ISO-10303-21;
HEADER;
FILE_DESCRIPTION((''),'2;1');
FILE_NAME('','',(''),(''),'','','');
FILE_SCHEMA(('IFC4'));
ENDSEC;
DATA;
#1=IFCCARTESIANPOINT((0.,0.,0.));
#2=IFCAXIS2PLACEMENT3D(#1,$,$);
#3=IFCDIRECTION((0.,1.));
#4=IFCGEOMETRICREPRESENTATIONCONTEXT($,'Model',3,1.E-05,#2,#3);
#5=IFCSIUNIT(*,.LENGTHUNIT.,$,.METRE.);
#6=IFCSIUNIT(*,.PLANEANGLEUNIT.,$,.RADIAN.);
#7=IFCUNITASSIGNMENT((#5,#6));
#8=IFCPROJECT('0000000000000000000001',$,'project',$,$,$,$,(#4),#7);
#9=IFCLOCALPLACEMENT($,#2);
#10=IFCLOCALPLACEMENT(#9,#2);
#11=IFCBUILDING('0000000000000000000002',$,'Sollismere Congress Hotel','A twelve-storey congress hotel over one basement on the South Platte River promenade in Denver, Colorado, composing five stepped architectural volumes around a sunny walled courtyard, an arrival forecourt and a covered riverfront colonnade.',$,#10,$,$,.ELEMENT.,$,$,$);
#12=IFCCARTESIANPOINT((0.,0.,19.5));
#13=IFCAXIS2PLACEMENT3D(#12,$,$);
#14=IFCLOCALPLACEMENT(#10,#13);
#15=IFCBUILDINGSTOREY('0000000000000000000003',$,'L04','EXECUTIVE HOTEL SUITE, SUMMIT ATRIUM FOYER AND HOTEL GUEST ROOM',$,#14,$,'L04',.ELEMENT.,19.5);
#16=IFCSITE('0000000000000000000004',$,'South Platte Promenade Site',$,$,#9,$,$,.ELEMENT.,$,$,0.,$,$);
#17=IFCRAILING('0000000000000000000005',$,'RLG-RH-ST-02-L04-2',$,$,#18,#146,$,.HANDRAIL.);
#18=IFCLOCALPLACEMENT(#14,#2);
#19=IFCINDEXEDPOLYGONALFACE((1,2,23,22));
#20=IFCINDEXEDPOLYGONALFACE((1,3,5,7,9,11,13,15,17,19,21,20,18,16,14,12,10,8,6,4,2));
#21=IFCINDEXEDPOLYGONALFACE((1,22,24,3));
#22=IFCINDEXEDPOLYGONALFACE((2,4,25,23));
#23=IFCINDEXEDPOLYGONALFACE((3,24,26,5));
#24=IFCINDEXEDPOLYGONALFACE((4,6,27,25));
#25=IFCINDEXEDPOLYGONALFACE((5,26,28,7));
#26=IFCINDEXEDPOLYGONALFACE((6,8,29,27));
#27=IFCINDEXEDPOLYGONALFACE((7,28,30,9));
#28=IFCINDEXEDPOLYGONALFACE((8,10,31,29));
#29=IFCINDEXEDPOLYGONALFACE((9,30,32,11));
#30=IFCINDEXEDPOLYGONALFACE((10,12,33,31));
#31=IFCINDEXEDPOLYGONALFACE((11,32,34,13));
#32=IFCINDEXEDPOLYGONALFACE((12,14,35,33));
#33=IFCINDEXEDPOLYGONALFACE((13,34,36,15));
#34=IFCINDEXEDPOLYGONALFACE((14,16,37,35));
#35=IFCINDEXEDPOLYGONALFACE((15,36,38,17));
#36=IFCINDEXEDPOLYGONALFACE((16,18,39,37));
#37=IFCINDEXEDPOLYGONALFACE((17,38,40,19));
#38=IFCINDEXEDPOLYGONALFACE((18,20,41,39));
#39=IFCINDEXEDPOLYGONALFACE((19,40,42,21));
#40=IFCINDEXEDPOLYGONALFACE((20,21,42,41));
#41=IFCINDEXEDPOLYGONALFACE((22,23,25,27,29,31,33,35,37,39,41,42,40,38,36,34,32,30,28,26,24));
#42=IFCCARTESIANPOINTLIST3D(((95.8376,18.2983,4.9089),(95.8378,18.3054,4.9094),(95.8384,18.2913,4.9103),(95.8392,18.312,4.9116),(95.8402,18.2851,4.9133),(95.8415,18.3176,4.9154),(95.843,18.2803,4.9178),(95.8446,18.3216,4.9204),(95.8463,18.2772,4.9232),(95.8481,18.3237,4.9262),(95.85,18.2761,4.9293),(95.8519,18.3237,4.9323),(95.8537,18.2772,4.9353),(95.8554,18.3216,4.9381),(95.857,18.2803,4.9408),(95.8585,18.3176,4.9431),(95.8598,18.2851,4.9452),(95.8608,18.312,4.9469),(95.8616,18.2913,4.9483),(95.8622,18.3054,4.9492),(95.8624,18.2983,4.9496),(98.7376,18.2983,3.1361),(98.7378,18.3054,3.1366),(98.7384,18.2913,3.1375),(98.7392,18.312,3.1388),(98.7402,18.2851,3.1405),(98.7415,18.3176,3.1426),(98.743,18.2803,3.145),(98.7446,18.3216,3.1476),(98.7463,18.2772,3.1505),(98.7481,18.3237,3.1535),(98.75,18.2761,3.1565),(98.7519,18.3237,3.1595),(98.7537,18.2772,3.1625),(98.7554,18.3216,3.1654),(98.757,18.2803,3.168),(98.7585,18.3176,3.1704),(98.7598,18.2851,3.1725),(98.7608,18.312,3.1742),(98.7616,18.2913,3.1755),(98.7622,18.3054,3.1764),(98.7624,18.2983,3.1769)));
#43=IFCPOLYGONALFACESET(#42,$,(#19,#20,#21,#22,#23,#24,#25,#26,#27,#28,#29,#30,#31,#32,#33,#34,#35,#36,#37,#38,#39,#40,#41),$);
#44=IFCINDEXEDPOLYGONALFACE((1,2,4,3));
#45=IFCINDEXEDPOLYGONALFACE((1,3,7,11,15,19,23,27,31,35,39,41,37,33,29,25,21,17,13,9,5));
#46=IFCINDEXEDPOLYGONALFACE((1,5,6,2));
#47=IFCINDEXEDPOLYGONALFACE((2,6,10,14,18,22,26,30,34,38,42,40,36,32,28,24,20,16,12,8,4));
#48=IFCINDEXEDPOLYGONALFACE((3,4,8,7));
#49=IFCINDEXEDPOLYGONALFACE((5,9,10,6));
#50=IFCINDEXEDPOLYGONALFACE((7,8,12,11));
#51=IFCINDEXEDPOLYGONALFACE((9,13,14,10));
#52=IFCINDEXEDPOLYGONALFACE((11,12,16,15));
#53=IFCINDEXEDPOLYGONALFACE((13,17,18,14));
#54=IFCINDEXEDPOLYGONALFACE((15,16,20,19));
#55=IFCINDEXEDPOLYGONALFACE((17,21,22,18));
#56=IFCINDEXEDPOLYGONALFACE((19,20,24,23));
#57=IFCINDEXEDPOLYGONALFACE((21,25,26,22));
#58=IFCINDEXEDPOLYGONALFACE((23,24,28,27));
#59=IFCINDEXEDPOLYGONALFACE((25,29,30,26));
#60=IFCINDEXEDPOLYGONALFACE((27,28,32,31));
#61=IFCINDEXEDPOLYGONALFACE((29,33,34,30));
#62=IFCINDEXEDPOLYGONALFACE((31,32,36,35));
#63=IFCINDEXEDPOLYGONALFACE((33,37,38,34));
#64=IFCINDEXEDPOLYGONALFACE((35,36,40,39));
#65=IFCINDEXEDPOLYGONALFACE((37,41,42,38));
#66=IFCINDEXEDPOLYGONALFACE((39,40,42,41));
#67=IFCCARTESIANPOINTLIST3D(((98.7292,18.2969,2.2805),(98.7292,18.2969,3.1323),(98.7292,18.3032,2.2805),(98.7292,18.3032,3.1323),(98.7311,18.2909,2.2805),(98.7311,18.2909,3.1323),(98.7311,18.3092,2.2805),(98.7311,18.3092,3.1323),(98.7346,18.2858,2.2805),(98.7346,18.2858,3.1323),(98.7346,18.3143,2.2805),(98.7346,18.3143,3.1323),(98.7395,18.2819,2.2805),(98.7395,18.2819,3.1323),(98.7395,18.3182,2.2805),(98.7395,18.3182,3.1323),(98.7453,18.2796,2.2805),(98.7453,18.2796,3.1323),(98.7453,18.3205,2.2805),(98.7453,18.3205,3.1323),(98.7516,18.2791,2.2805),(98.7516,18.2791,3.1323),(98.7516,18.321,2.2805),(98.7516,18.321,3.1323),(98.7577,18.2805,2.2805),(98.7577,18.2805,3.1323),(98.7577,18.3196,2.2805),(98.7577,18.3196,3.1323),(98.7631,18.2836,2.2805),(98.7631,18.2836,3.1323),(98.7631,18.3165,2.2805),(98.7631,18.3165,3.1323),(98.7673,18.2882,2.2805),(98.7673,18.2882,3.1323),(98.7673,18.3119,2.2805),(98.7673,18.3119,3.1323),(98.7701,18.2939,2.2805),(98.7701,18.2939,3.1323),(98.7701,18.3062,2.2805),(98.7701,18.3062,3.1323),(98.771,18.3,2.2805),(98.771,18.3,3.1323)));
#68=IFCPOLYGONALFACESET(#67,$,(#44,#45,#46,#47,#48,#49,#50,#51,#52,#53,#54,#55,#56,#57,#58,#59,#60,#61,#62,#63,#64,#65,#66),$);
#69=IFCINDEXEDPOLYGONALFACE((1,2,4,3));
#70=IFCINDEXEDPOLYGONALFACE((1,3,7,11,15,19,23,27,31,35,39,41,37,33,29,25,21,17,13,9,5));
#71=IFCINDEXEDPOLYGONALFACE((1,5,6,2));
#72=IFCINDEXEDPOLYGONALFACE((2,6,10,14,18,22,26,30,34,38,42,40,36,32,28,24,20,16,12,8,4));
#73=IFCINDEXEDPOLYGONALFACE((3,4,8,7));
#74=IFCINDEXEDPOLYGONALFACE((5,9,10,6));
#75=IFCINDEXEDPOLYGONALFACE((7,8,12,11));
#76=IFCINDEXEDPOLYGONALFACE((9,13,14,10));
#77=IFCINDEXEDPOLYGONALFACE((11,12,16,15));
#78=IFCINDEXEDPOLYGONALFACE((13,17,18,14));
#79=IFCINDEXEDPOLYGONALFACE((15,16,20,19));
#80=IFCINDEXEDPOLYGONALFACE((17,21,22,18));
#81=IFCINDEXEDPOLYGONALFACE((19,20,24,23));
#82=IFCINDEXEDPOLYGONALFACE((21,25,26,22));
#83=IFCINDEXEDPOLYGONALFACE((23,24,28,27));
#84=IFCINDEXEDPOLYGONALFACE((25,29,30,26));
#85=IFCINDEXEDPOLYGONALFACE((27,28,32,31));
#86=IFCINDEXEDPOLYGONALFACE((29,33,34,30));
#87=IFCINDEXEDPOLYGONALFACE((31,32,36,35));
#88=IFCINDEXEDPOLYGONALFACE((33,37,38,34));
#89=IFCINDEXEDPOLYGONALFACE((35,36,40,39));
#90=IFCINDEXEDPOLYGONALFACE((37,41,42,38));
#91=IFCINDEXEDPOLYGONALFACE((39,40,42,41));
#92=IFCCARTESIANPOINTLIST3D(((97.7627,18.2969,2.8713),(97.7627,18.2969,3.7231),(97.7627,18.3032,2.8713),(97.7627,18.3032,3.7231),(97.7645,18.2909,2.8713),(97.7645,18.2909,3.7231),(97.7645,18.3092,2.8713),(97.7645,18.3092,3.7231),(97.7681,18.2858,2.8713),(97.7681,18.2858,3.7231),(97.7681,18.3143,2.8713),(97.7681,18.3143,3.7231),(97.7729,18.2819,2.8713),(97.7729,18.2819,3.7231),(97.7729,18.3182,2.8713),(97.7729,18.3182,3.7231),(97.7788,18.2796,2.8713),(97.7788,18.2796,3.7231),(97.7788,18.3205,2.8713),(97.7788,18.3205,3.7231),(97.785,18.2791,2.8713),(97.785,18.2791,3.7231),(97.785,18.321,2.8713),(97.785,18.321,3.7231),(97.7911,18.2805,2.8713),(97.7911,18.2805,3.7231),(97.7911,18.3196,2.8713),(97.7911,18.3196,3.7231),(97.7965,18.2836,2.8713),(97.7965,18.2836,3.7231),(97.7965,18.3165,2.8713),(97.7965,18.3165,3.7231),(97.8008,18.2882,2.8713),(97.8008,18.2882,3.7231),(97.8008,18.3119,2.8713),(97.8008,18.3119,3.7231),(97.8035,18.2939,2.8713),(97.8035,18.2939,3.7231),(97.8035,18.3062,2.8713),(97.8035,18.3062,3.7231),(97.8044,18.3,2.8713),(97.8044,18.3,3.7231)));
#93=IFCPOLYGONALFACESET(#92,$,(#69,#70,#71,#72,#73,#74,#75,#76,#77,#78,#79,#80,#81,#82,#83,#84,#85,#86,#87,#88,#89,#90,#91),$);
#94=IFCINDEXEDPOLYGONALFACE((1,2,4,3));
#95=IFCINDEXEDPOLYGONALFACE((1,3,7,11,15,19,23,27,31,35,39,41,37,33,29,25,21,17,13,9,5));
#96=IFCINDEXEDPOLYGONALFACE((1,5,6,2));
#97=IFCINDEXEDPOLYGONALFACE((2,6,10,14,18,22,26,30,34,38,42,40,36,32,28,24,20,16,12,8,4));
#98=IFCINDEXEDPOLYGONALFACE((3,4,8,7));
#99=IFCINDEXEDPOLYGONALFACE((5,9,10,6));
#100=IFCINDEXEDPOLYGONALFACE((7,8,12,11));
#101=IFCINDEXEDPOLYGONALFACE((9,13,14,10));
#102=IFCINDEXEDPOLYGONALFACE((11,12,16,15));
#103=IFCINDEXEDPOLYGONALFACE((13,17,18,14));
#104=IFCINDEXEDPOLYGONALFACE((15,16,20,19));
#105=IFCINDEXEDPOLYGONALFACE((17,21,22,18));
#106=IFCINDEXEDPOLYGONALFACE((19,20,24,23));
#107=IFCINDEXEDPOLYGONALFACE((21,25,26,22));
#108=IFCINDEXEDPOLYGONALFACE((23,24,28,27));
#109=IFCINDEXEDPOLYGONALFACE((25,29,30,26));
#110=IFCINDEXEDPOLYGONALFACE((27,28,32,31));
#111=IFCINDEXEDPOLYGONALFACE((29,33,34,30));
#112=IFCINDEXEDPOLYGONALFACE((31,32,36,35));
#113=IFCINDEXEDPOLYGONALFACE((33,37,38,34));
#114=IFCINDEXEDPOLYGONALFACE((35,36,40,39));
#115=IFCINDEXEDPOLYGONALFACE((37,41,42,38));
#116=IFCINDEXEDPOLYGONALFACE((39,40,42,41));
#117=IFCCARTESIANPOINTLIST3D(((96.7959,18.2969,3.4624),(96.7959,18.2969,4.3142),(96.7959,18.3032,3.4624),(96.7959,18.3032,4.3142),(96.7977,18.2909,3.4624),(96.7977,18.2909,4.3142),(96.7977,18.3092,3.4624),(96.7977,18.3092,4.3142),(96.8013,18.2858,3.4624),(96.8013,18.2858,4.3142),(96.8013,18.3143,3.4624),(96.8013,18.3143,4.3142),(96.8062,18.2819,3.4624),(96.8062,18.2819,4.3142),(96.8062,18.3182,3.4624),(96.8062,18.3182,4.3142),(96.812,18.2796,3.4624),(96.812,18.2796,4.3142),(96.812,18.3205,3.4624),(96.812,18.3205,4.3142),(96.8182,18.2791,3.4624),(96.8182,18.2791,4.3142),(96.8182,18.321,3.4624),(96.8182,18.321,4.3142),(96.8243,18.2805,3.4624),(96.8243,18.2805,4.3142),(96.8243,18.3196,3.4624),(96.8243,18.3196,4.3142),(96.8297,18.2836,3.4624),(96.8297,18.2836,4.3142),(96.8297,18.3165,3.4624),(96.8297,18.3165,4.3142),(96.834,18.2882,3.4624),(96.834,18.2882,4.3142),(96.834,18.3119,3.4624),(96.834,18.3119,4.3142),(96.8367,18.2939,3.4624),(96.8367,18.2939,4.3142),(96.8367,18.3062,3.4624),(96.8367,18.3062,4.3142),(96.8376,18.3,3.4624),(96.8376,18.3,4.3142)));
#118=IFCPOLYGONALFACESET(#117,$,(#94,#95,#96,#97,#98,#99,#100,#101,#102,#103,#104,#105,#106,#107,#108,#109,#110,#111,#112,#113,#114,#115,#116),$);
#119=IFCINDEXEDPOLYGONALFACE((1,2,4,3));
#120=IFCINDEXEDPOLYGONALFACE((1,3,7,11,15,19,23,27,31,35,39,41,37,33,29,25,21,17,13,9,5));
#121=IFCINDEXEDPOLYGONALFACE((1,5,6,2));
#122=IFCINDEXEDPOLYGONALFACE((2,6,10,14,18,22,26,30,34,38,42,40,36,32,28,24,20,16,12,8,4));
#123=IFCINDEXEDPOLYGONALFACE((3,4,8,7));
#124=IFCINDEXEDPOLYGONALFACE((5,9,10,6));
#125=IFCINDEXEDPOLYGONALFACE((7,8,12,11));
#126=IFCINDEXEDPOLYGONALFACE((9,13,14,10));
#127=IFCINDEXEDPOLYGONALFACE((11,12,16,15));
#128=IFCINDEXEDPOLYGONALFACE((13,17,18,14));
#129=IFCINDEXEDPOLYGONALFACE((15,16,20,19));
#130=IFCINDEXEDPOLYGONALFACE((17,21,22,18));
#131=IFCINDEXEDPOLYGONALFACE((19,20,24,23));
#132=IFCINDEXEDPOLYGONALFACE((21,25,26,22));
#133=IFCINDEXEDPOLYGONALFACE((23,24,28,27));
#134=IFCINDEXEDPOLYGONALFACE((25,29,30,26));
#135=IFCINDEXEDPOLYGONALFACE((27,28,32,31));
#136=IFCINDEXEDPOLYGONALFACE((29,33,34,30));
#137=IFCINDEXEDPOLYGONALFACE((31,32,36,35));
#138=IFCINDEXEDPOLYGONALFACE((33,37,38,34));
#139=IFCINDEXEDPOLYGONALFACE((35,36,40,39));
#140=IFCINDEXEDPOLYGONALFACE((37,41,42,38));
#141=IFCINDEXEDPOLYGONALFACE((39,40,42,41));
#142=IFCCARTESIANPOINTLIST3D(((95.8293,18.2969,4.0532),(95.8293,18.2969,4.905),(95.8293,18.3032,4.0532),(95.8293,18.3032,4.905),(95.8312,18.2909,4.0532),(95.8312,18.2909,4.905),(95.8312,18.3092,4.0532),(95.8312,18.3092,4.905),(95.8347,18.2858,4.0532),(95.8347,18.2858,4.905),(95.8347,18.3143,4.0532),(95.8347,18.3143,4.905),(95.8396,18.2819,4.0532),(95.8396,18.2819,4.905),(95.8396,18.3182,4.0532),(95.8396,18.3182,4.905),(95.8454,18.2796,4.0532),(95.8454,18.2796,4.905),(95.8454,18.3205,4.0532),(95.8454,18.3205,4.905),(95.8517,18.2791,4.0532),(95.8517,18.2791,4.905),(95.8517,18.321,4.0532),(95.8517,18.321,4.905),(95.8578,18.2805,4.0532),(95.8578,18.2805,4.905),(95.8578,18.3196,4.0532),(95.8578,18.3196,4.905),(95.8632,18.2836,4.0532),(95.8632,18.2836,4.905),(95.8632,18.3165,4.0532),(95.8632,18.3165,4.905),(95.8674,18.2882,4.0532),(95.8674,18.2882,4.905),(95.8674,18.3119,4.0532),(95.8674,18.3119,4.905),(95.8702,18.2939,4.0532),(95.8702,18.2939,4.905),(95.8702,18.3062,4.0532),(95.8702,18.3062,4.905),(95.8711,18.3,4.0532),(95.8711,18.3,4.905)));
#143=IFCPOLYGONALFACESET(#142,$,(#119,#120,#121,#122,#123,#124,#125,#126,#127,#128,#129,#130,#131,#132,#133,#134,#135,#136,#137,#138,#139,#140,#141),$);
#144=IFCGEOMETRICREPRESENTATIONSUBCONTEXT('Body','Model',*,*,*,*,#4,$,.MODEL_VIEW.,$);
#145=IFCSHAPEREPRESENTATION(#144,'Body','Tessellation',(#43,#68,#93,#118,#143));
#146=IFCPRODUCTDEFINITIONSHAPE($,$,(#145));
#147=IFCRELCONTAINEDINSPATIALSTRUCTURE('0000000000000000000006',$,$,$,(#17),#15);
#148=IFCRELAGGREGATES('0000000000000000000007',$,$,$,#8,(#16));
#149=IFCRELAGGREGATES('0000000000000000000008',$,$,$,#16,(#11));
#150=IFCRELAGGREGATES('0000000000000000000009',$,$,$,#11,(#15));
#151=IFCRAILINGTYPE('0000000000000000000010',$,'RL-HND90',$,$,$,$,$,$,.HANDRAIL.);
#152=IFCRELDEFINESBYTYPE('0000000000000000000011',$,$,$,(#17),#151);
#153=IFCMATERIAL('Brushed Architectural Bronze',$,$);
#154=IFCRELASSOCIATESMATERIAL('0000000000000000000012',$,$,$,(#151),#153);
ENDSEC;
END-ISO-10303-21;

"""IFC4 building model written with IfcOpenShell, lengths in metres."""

from ifc_helpers import new_model, si_unit, direction, frame, origin, origin_2d, place, context, subcontext, project, spatial, circle, extrude, material, type_object, element, save


model = new_model("IFC4")

# Units and contexts
model_context = context("Model", 3, precision=1e-05, world=origin(), true_north=direction((0.0, 1.0)))
body_context = subcontext(model_context, "Body", "Model", "MODEL_VIEW")
ifc_project = project(units=[si_unit("LENGTHUNIT", "METRE"), si_unit("PLANEANGLEUNIT", "RADIAN")], contexts=[model_context])

# Site, building, storey
site_placement = place(None, origin())
site = spatial("IfcSite", under=ifc_project, at=site_placement, Name="South Platte Promenade Site", CompositionType="ELEMENT", RefElevation=0.0)
building_placement = place(site_placement, origin())
building = spatial("IfcBuilding", under=site, at=building_placement, Name="Sollismere Congress Hotel", Description="A twelve-storey congress hotel over one basement on the South Platte River promenade in Denver, Colorado, composing five stepped architectural volumes around a sunny walled courtyard, an arrival forecourt and a covered riverfront colonnade.", CompositionType="ELEMENT")
storey_placement = place(building_placement, frame((0.0, 0.0, 19.5)))
storey = spatial("IfcBuildingStorey", under=building, at=storey_placement, Name="L04", Description="EXECUTIVE HOTEL SUITE, SUMMIT ATRIUM FOYER AND HOTEL GUEST ROOM", LongName="L04", CompositionType="ELEMENT", Elevation=19.5)

# Railing
ifc_material_1 = material(Name="Brushed Architectural Bronze")
railing_type_1 = type_object("IfcRailingType", Name="RL-HND90", PredefinedType="HANDRAIL", material=ifc_material_1)
railing_1_placement = place(storey_placement, frame((98.75, 18.3, 2.2805)))
element("IfcRailing", 1, at=railing_1_placement, inside=storey, type_object=railing_type_1, Name="RLG-RH-ST-02-L04-2", PredefinedType="HANDRAIL", context=body_context, shape_type="SweptSolid", body=[
    extrude(circle(Radius=0.0239, at=origin_2d()), frame((0.0, 0.0, 0.876), z_axis=(-0.853211, 0.0, 0.521566), x_axis=(0.0, -1.0, 0.0)), (0.0, 0.0, 1.0), 3.3989),
    extrude(circle(Radius=0.021, at=origin_2d()), origin(), (0.0, 0.0, 1.0), 0.8518),
    extrude(circle(Radius=0.021, at=origin_2d()), frame((-0.9666, 0.0, 0.5908)), (0.0, 0.0, 1.0), 0.8518),
    extrude(circle(Radius=0.021, at=origin_2d()), frame((-1.9333, 0.0, 1.1819)), (0.0, 0.0, 1.0), 0.8518),
    extrude(circle(Radius=0.021, at=origin_2d()), frame((-2.8999, 0.0, 1.7727)), (0.0, 0.0, 1.0), 0.8518),
])

save(model, "model.ifc")
